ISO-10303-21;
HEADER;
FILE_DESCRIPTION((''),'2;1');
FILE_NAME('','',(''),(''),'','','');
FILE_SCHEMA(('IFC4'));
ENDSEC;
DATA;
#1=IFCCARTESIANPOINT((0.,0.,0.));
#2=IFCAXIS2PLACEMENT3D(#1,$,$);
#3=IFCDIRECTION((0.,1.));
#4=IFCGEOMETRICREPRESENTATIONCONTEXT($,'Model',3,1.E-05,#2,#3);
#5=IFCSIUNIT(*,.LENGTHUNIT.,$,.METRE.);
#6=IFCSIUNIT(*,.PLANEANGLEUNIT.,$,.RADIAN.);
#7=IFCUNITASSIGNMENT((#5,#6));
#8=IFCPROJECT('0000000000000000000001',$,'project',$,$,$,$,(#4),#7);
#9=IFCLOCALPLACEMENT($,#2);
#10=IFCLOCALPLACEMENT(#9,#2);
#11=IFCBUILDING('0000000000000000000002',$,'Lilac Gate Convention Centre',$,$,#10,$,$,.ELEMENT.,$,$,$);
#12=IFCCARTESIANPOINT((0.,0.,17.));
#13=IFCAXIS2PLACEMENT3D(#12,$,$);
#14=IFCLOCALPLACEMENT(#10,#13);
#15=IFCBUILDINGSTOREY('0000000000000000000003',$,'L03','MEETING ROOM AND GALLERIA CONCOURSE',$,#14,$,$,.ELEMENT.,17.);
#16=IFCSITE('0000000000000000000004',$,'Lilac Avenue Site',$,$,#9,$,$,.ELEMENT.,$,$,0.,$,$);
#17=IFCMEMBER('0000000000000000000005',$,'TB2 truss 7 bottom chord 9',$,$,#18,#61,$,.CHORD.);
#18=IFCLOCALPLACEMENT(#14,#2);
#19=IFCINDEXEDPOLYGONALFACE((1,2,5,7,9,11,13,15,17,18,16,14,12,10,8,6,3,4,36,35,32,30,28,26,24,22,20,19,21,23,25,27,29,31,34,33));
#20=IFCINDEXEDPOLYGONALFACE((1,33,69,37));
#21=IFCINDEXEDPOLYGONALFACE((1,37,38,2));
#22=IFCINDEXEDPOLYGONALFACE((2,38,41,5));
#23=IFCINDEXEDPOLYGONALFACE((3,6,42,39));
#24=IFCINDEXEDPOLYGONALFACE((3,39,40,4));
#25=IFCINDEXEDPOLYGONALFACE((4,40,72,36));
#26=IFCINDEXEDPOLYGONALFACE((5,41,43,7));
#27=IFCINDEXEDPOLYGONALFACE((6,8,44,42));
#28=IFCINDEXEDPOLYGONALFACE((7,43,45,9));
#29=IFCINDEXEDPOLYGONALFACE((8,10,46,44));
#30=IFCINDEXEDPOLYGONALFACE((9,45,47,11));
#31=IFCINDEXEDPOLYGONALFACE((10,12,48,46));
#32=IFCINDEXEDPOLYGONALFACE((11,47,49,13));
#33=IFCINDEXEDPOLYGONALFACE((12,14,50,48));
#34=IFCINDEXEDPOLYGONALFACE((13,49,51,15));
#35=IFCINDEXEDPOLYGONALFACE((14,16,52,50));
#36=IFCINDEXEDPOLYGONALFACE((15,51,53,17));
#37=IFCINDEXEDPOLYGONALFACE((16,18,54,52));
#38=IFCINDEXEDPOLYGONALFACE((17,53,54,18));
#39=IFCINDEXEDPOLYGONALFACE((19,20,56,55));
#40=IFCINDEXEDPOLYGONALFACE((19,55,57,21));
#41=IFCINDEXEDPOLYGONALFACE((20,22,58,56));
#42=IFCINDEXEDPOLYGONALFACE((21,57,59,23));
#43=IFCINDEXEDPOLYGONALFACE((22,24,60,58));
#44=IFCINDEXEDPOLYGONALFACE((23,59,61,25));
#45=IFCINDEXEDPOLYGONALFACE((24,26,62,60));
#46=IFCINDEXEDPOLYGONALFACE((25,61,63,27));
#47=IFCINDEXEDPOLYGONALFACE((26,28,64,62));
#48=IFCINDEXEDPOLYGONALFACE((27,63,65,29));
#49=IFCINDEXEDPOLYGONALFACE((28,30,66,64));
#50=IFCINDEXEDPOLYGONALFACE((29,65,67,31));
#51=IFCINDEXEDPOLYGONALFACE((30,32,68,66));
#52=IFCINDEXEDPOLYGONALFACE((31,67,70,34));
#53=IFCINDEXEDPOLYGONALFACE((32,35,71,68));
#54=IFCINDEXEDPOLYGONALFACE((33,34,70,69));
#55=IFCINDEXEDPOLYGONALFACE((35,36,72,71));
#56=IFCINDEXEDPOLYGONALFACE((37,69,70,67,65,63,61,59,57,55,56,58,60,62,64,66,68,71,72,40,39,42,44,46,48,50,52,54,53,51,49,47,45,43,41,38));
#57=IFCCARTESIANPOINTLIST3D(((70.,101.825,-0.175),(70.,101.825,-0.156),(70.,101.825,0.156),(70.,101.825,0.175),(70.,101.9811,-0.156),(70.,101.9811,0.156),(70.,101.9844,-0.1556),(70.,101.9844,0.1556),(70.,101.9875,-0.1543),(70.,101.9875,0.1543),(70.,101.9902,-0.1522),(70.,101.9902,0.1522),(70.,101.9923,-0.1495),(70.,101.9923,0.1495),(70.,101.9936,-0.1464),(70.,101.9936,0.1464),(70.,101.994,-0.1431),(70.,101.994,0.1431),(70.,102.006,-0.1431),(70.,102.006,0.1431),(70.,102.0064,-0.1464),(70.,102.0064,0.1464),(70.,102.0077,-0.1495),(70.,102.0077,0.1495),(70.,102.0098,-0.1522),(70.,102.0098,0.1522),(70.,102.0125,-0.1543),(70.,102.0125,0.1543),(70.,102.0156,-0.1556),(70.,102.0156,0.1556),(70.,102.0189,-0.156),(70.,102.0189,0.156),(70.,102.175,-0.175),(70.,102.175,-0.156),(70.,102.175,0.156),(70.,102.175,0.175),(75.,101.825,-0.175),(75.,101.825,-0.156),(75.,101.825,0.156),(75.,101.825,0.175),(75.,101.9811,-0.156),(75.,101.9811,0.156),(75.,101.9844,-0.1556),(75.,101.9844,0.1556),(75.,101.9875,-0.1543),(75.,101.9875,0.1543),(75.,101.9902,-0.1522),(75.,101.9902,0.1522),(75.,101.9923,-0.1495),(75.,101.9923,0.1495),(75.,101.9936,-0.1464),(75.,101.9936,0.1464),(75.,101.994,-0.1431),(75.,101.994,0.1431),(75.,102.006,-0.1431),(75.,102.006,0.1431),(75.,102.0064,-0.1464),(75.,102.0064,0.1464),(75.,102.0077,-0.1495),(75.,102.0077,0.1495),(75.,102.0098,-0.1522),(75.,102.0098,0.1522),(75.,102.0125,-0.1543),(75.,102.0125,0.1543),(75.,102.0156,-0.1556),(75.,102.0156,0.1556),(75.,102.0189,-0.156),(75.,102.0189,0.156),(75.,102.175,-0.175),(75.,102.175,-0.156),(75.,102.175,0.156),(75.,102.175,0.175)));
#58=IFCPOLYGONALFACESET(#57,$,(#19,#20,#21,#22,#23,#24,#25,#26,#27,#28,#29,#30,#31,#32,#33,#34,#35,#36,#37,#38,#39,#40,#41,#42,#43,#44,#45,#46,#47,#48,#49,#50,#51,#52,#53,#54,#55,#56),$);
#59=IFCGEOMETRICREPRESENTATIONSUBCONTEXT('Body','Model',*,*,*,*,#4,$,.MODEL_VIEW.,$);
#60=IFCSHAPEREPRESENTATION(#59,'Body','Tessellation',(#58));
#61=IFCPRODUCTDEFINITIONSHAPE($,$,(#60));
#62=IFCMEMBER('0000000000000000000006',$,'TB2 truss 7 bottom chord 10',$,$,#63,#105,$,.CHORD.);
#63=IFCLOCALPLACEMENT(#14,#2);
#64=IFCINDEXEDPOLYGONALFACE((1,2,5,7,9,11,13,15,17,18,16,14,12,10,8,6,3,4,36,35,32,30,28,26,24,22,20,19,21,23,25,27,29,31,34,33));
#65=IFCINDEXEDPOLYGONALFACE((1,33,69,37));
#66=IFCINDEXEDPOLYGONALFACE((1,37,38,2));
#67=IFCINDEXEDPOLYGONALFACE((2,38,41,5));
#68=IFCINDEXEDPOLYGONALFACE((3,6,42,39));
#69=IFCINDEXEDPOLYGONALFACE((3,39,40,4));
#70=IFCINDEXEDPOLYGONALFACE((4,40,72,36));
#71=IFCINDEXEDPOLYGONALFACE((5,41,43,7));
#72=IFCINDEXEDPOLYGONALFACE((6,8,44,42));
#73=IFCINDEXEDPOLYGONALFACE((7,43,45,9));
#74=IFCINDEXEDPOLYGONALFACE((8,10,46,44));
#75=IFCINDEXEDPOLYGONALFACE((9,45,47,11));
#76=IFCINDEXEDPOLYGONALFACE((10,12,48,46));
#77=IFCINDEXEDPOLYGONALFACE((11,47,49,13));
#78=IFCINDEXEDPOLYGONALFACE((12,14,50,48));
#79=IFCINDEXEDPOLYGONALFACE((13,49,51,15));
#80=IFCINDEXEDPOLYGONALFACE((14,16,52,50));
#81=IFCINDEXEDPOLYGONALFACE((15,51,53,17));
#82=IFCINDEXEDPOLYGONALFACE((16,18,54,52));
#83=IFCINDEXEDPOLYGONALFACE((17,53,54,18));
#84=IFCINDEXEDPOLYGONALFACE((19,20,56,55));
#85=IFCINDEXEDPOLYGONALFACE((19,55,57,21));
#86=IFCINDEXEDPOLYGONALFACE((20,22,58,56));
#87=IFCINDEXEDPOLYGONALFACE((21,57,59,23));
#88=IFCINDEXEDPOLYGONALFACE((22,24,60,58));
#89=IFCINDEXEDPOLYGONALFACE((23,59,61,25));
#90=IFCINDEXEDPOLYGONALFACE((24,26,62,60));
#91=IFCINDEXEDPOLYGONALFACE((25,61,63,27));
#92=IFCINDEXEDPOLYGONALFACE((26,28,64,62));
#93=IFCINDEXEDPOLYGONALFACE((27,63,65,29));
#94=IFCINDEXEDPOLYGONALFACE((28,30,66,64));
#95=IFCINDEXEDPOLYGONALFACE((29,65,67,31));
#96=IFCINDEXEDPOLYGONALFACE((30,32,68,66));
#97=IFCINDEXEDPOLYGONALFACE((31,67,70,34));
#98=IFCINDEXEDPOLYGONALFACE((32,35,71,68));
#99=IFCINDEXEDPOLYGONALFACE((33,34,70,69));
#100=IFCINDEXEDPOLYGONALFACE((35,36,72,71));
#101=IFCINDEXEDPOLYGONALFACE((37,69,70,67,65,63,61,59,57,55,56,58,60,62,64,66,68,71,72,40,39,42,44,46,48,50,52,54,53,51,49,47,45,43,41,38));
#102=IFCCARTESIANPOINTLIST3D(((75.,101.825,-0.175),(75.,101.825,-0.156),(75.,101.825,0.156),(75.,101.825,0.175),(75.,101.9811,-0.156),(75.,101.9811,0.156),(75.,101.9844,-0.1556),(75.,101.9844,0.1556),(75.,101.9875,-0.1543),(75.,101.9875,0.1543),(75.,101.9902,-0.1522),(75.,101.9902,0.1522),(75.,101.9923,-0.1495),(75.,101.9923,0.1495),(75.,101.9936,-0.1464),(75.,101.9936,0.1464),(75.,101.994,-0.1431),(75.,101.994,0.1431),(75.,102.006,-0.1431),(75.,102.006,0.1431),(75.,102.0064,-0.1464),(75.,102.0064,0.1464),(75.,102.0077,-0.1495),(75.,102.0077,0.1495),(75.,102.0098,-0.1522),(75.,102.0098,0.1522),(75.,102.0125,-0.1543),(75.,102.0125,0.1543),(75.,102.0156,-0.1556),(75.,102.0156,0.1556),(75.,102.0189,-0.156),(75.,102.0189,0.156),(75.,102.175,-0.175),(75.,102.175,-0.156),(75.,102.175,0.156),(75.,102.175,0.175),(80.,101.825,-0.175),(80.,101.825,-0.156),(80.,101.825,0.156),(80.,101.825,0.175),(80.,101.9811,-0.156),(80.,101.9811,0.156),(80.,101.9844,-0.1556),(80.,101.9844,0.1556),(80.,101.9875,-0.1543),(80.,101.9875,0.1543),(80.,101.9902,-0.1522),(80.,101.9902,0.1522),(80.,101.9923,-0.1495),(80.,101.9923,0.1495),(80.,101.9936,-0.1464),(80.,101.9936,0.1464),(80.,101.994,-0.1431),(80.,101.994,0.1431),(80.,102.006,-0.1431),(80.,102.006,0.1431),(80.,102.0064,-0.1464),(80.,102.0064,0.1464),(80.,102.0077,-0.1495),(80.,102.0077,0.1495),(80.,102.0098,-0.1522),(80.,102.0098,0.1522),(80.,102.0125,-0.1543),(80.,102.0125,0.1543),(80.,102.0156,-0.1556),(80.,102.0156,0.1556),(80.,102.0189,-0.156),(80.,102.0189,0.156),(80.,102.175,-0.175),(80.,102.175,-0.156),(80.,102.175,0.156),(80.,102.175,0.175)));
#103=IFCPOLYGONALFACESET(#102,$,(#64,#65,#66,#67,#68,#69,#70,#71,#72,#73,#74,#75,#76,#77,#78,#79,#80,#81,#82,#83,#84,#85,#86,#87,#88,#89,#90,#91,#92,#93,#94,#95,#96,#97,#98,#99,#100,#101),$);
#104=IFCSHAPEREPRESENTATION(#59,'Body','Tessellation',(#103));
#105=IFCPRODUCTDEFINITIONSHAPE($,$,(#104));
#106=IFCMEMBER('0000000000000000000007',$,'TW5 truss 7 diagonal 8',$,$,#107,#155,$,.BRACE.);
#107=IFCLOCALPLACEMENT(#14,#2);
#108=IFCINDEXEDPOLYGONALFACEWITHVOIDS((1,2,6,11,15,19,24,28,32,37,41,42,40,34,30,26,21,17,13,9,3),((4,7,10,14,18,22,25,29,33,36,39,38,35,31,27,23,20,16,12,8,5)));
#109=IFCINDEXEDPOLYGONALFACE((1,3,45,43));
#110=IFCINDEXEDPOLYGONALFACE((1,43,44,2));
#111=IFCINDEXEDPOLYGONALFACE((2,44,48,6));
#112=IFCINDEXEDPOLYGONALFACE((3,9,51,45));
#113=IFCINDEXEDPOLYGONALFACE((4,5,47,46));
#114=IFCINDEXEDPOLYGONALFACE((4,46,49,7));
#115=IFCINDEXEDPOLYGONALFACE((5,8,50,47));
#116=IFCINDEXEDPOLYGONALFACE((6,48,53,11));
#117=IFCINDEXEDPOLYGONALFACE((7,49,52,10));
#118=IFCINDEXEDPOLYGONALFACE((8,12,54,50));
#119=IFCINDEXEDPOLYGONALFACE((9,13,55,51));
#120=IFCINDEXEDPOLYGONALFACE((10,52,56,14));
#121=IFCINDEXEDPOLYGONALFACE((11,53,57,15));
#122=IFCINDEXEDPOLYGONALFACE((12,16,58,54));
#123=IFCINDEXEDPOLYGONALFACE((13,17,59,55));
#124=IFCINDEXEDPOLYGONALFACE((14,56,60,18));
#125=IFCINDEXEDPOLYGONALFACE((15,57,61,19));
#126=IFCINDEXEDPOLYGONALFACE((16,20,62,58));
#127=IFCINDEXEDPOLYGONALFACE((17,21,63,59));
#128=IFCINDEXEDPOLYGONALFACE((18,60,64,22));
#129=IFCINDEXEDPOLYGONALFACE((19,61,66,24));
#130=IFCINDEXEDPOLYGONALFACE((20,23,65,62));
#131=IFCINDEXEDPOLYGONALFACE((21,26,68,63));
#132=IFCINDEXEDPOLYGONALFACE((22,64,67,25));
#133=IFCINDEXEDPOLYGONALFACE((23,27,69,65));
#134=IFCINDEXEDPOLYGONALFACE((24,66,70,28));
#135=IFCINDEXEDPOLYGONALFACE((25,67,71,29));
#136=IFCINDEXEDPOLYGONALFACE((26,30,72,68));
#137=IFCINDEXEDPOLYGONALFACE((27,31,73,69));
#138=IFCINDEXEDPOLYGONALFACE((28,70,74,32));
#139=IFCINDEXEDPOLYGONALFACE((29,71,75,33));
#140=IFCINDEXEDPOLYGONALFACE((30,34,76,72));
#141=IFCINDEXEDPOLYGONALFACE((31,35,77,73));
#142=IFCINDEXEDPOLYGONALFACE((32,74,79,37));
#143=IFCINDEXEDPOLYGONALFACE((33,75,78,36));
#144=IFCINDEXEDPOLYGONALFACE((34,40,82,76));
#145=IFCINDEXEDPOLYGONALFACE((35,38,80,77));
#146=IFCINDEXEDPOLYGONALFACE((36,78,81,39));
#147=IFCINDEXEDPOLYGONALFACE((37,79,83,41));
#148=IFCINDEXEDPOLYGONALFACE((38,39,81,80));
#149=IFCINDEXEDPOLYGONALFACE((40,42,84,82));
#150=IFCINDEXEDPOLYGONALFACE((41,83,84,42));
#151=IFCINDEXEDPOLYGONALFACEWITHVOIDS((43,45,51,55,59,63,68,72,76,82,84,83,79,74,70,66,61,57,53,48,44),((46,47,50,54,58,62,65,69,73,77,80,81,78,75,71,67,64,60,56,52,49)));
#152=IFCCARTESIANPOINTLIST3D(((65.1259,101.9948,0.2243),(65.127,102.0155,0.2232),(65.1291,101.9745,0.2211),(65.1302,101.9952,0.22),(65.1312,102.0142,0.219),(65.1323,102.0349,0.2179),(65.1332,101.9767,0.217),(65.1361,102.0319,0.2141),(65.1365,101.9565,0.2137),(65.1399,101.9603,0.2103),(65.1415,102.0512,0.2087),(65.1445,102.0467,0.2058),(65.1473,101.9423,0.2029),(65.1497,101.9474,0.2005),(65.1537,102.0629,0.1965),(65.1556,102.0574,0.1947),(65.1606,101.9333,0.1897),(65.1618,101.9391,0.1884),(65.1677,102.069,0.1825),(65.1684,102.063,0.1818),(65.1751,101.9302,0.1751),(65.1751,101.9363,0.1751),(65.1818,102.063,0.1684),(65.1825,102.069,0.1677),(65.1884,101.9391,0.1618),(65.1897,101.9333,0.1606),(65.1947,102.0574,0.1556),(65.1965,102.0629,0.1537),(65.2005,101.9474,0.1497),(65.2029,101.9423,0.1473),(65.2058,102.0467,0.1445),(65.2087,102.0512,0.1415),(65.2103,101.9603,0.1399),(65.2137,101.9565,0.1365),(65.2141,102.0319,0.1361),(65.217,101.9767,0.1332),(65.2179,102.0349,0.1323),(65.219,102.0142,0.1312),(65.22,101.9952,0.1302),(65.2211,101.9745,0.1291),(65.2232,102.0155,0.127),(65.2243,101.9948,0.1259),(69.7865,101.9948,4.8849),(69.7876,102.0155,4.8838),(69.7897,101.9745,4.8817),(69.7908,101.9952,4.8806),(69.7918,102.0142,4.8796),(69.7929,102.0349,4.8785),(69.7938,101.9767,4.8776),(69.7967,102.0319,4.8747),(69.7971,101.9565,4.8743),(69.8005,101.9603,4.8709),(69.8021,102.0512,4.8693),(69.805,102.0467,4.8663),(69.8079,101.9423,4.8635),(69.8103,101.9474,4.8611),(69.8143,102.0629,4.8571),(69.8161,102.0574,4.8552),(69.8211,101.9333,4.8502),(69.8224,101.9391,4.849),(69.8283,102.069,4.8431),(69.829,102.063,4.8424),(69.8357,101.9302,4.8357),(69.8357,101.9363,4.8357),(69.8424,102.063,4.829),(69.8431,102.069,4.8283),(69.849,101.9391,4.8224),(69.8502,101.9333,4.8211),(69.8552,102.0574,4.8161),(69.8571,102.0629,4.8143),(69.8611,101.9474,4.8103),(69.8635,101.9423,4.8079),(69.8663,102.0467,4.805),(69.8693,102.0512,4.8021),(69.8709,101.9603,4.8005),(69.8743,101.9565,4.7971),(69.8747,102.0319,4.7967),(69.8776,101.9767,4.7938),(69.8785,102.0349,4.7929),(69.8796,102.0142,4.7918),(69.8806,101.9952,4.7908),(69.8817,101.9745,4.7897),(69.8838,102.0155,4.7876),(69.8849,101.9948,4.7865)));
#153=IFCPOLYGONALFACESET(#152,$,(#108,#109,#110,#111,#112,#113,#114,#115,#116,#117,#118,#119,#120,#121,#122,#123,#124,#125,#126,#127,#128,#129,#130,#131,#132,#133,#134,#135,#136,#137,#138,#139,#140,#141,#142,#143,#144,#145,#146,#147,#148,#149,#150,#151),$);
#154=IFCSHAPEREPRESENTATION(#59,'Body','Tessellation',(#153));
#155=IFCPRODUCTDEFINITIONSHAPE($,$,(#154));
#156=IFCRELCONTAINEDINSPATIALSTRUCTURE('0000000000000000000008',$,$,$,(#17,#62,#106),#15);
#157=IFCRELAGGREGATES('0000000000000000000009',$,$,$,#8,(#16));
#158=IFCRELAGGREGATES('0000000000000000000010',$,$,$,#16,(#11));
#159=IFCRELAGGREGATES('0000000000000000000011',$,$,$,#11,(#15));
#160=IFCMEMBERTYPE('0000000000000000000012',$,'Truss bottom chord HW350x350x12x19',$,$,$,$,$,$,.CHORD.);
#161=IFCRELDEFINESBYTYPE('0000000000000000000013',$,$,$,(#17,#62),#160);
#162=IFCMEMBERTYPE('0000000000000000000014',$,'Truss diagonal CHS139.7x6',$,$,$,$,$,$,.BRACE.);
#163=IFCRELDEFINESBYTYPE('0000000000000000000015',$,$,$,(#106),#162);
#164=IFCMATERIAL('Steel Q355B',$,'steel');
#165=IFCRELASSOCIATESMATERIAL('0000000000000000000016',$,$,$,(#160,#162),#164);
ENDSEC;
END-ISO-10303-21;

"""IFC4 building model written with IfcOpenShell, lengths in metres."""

from ifc_helpers import new_model, si_unit, direction, frame, origin, origin_2d, place, context, subcontext, project, spatial, hollow_circle, i_section, extrude, material, material_profile, profile_set, type_object, element, save


model = new_model("IFC4")

# Units and contexts
model_context = context("Model", 3, precision=1e-05, world=origin(), true_north=direction((0.0, 1.0)))
body_context = subcontext(model_context, "Body", "Model", "MODEL_VIEW")
ifc_project = project(units=[si_unit("LENGTHUNIT", "METRE"), si_unit("PLANEANGLEUNIT", "RADIAN")], contexts=[model_context])

# Site, building, storey
site_placement = place(None, origin())
site = spatial("IfcSite", under=ifc_project, at=site_placement, Name="Lilac Avenue Site", CompositionType="ELEMENT", RefElevation=0.0)
building_placement = place(site_placement, origin())
building = spatial("IfcBuilding", under=site, at=building_placement, Name="Lilac Gate Convention Centre", CompositionType="ELEMENT")
storey_placement = place(building_placement, frame((0.0, 0.0, 17.0)))
storey = spatial("IfcBuildingStorey", under=building, at=storey_placement, Name="L03", Description="MEETING ROOM AND GALLERIA CONCOURSE", CompositionType="ELEMENT", Elevation=17.0)

# Members
ifc_material = material(Name="Steel Q355B", Category="steel")
ifc_material_profile_1 = material_profile(ifc_material, i_section(OverallWidth=0.3501, OverallDepth=0.3501, WebThickness=0.012, FlangeThickness=0.019, FilletRadius=0.0129, at=origin_2d()), Name="HW350x350x12x19")
ifc_profile_set_1 = profile_set([ifc_material_profile_1], Name="Steel Q355B")
member_type_1 = type_object("IfcMemberType", Name="Truss bottom chord HW350x350x12x19", PredefinedType="CHORD", material=ifc_profile_set_1)
for number, where, z_axis, x_axis, name in (
    (1, (70.0, 102.0, 0.0), (1.0, 0.0, 0.0), (0.0, 1.0, 0.0), "TB2 truss 7 bottom chord 9"),
    (2, (75.0, 102.0, 0.0), (1.0, 0.0, 0.0), (0.0, 1.0, 0.0), "TB2 truss 7 bottom chord 10"),
):
    element("IfcMember", number, at=place(storey_placement, frame(where, z_axis=z_axis, x_axis=x_axis)), inside=storey, type_object=member_type_1, Name=name, PredefinedType="CHORD", context=body_context, shape_type="SweptSolid", body=[
        extrude(i_section(OverallWidth=0.3501, OverallDepth=0.3501, WebThickness=0.012, FlangeThickness=0.019, FilletRadius=0.0129, at=origin_2d()), origin(), (0.0, 0.0, 1.0), 5.0),
    ])
ifc_material_profile_2 = material_profile(ifc_material, hollow_circle(Radius=0.0698, WallThickness=0.0061, at=origin_2d()), Name="CHS139.7x6")
ifc_profile_set_2 = profile_set([ifc_material_profile_2], Name="Steel Q355B")
member_type_2 = type_object("IfcMemberType", Name="Truss diagonal CHS139.7x6", PredefinedType="BRACE", material=ifc_profile_set_2)
member_1_placement = place(storey_placement, frame((69.8357, 102.0, 4.8357), z_axis=(-0.707107, 0.0, -0.707107), x_axis=(0.0, -1.0, 0.0)))
element("IfcMember", 3, at=member_1_placement, inside=storey, type_object=member_type_2, Name="TW5 truss 7 diagonal 8", PredefinedType="BRACE", context=body_context, shape_type="SweptSolid", body=[
    extrude(hollow_circle(Radius=0.0698, WallThickness=0.0061, at=origin_2d()), origin(), (0.0, 0.0, 1.0), 6.5911),
])

save(model, "model.ifc")
